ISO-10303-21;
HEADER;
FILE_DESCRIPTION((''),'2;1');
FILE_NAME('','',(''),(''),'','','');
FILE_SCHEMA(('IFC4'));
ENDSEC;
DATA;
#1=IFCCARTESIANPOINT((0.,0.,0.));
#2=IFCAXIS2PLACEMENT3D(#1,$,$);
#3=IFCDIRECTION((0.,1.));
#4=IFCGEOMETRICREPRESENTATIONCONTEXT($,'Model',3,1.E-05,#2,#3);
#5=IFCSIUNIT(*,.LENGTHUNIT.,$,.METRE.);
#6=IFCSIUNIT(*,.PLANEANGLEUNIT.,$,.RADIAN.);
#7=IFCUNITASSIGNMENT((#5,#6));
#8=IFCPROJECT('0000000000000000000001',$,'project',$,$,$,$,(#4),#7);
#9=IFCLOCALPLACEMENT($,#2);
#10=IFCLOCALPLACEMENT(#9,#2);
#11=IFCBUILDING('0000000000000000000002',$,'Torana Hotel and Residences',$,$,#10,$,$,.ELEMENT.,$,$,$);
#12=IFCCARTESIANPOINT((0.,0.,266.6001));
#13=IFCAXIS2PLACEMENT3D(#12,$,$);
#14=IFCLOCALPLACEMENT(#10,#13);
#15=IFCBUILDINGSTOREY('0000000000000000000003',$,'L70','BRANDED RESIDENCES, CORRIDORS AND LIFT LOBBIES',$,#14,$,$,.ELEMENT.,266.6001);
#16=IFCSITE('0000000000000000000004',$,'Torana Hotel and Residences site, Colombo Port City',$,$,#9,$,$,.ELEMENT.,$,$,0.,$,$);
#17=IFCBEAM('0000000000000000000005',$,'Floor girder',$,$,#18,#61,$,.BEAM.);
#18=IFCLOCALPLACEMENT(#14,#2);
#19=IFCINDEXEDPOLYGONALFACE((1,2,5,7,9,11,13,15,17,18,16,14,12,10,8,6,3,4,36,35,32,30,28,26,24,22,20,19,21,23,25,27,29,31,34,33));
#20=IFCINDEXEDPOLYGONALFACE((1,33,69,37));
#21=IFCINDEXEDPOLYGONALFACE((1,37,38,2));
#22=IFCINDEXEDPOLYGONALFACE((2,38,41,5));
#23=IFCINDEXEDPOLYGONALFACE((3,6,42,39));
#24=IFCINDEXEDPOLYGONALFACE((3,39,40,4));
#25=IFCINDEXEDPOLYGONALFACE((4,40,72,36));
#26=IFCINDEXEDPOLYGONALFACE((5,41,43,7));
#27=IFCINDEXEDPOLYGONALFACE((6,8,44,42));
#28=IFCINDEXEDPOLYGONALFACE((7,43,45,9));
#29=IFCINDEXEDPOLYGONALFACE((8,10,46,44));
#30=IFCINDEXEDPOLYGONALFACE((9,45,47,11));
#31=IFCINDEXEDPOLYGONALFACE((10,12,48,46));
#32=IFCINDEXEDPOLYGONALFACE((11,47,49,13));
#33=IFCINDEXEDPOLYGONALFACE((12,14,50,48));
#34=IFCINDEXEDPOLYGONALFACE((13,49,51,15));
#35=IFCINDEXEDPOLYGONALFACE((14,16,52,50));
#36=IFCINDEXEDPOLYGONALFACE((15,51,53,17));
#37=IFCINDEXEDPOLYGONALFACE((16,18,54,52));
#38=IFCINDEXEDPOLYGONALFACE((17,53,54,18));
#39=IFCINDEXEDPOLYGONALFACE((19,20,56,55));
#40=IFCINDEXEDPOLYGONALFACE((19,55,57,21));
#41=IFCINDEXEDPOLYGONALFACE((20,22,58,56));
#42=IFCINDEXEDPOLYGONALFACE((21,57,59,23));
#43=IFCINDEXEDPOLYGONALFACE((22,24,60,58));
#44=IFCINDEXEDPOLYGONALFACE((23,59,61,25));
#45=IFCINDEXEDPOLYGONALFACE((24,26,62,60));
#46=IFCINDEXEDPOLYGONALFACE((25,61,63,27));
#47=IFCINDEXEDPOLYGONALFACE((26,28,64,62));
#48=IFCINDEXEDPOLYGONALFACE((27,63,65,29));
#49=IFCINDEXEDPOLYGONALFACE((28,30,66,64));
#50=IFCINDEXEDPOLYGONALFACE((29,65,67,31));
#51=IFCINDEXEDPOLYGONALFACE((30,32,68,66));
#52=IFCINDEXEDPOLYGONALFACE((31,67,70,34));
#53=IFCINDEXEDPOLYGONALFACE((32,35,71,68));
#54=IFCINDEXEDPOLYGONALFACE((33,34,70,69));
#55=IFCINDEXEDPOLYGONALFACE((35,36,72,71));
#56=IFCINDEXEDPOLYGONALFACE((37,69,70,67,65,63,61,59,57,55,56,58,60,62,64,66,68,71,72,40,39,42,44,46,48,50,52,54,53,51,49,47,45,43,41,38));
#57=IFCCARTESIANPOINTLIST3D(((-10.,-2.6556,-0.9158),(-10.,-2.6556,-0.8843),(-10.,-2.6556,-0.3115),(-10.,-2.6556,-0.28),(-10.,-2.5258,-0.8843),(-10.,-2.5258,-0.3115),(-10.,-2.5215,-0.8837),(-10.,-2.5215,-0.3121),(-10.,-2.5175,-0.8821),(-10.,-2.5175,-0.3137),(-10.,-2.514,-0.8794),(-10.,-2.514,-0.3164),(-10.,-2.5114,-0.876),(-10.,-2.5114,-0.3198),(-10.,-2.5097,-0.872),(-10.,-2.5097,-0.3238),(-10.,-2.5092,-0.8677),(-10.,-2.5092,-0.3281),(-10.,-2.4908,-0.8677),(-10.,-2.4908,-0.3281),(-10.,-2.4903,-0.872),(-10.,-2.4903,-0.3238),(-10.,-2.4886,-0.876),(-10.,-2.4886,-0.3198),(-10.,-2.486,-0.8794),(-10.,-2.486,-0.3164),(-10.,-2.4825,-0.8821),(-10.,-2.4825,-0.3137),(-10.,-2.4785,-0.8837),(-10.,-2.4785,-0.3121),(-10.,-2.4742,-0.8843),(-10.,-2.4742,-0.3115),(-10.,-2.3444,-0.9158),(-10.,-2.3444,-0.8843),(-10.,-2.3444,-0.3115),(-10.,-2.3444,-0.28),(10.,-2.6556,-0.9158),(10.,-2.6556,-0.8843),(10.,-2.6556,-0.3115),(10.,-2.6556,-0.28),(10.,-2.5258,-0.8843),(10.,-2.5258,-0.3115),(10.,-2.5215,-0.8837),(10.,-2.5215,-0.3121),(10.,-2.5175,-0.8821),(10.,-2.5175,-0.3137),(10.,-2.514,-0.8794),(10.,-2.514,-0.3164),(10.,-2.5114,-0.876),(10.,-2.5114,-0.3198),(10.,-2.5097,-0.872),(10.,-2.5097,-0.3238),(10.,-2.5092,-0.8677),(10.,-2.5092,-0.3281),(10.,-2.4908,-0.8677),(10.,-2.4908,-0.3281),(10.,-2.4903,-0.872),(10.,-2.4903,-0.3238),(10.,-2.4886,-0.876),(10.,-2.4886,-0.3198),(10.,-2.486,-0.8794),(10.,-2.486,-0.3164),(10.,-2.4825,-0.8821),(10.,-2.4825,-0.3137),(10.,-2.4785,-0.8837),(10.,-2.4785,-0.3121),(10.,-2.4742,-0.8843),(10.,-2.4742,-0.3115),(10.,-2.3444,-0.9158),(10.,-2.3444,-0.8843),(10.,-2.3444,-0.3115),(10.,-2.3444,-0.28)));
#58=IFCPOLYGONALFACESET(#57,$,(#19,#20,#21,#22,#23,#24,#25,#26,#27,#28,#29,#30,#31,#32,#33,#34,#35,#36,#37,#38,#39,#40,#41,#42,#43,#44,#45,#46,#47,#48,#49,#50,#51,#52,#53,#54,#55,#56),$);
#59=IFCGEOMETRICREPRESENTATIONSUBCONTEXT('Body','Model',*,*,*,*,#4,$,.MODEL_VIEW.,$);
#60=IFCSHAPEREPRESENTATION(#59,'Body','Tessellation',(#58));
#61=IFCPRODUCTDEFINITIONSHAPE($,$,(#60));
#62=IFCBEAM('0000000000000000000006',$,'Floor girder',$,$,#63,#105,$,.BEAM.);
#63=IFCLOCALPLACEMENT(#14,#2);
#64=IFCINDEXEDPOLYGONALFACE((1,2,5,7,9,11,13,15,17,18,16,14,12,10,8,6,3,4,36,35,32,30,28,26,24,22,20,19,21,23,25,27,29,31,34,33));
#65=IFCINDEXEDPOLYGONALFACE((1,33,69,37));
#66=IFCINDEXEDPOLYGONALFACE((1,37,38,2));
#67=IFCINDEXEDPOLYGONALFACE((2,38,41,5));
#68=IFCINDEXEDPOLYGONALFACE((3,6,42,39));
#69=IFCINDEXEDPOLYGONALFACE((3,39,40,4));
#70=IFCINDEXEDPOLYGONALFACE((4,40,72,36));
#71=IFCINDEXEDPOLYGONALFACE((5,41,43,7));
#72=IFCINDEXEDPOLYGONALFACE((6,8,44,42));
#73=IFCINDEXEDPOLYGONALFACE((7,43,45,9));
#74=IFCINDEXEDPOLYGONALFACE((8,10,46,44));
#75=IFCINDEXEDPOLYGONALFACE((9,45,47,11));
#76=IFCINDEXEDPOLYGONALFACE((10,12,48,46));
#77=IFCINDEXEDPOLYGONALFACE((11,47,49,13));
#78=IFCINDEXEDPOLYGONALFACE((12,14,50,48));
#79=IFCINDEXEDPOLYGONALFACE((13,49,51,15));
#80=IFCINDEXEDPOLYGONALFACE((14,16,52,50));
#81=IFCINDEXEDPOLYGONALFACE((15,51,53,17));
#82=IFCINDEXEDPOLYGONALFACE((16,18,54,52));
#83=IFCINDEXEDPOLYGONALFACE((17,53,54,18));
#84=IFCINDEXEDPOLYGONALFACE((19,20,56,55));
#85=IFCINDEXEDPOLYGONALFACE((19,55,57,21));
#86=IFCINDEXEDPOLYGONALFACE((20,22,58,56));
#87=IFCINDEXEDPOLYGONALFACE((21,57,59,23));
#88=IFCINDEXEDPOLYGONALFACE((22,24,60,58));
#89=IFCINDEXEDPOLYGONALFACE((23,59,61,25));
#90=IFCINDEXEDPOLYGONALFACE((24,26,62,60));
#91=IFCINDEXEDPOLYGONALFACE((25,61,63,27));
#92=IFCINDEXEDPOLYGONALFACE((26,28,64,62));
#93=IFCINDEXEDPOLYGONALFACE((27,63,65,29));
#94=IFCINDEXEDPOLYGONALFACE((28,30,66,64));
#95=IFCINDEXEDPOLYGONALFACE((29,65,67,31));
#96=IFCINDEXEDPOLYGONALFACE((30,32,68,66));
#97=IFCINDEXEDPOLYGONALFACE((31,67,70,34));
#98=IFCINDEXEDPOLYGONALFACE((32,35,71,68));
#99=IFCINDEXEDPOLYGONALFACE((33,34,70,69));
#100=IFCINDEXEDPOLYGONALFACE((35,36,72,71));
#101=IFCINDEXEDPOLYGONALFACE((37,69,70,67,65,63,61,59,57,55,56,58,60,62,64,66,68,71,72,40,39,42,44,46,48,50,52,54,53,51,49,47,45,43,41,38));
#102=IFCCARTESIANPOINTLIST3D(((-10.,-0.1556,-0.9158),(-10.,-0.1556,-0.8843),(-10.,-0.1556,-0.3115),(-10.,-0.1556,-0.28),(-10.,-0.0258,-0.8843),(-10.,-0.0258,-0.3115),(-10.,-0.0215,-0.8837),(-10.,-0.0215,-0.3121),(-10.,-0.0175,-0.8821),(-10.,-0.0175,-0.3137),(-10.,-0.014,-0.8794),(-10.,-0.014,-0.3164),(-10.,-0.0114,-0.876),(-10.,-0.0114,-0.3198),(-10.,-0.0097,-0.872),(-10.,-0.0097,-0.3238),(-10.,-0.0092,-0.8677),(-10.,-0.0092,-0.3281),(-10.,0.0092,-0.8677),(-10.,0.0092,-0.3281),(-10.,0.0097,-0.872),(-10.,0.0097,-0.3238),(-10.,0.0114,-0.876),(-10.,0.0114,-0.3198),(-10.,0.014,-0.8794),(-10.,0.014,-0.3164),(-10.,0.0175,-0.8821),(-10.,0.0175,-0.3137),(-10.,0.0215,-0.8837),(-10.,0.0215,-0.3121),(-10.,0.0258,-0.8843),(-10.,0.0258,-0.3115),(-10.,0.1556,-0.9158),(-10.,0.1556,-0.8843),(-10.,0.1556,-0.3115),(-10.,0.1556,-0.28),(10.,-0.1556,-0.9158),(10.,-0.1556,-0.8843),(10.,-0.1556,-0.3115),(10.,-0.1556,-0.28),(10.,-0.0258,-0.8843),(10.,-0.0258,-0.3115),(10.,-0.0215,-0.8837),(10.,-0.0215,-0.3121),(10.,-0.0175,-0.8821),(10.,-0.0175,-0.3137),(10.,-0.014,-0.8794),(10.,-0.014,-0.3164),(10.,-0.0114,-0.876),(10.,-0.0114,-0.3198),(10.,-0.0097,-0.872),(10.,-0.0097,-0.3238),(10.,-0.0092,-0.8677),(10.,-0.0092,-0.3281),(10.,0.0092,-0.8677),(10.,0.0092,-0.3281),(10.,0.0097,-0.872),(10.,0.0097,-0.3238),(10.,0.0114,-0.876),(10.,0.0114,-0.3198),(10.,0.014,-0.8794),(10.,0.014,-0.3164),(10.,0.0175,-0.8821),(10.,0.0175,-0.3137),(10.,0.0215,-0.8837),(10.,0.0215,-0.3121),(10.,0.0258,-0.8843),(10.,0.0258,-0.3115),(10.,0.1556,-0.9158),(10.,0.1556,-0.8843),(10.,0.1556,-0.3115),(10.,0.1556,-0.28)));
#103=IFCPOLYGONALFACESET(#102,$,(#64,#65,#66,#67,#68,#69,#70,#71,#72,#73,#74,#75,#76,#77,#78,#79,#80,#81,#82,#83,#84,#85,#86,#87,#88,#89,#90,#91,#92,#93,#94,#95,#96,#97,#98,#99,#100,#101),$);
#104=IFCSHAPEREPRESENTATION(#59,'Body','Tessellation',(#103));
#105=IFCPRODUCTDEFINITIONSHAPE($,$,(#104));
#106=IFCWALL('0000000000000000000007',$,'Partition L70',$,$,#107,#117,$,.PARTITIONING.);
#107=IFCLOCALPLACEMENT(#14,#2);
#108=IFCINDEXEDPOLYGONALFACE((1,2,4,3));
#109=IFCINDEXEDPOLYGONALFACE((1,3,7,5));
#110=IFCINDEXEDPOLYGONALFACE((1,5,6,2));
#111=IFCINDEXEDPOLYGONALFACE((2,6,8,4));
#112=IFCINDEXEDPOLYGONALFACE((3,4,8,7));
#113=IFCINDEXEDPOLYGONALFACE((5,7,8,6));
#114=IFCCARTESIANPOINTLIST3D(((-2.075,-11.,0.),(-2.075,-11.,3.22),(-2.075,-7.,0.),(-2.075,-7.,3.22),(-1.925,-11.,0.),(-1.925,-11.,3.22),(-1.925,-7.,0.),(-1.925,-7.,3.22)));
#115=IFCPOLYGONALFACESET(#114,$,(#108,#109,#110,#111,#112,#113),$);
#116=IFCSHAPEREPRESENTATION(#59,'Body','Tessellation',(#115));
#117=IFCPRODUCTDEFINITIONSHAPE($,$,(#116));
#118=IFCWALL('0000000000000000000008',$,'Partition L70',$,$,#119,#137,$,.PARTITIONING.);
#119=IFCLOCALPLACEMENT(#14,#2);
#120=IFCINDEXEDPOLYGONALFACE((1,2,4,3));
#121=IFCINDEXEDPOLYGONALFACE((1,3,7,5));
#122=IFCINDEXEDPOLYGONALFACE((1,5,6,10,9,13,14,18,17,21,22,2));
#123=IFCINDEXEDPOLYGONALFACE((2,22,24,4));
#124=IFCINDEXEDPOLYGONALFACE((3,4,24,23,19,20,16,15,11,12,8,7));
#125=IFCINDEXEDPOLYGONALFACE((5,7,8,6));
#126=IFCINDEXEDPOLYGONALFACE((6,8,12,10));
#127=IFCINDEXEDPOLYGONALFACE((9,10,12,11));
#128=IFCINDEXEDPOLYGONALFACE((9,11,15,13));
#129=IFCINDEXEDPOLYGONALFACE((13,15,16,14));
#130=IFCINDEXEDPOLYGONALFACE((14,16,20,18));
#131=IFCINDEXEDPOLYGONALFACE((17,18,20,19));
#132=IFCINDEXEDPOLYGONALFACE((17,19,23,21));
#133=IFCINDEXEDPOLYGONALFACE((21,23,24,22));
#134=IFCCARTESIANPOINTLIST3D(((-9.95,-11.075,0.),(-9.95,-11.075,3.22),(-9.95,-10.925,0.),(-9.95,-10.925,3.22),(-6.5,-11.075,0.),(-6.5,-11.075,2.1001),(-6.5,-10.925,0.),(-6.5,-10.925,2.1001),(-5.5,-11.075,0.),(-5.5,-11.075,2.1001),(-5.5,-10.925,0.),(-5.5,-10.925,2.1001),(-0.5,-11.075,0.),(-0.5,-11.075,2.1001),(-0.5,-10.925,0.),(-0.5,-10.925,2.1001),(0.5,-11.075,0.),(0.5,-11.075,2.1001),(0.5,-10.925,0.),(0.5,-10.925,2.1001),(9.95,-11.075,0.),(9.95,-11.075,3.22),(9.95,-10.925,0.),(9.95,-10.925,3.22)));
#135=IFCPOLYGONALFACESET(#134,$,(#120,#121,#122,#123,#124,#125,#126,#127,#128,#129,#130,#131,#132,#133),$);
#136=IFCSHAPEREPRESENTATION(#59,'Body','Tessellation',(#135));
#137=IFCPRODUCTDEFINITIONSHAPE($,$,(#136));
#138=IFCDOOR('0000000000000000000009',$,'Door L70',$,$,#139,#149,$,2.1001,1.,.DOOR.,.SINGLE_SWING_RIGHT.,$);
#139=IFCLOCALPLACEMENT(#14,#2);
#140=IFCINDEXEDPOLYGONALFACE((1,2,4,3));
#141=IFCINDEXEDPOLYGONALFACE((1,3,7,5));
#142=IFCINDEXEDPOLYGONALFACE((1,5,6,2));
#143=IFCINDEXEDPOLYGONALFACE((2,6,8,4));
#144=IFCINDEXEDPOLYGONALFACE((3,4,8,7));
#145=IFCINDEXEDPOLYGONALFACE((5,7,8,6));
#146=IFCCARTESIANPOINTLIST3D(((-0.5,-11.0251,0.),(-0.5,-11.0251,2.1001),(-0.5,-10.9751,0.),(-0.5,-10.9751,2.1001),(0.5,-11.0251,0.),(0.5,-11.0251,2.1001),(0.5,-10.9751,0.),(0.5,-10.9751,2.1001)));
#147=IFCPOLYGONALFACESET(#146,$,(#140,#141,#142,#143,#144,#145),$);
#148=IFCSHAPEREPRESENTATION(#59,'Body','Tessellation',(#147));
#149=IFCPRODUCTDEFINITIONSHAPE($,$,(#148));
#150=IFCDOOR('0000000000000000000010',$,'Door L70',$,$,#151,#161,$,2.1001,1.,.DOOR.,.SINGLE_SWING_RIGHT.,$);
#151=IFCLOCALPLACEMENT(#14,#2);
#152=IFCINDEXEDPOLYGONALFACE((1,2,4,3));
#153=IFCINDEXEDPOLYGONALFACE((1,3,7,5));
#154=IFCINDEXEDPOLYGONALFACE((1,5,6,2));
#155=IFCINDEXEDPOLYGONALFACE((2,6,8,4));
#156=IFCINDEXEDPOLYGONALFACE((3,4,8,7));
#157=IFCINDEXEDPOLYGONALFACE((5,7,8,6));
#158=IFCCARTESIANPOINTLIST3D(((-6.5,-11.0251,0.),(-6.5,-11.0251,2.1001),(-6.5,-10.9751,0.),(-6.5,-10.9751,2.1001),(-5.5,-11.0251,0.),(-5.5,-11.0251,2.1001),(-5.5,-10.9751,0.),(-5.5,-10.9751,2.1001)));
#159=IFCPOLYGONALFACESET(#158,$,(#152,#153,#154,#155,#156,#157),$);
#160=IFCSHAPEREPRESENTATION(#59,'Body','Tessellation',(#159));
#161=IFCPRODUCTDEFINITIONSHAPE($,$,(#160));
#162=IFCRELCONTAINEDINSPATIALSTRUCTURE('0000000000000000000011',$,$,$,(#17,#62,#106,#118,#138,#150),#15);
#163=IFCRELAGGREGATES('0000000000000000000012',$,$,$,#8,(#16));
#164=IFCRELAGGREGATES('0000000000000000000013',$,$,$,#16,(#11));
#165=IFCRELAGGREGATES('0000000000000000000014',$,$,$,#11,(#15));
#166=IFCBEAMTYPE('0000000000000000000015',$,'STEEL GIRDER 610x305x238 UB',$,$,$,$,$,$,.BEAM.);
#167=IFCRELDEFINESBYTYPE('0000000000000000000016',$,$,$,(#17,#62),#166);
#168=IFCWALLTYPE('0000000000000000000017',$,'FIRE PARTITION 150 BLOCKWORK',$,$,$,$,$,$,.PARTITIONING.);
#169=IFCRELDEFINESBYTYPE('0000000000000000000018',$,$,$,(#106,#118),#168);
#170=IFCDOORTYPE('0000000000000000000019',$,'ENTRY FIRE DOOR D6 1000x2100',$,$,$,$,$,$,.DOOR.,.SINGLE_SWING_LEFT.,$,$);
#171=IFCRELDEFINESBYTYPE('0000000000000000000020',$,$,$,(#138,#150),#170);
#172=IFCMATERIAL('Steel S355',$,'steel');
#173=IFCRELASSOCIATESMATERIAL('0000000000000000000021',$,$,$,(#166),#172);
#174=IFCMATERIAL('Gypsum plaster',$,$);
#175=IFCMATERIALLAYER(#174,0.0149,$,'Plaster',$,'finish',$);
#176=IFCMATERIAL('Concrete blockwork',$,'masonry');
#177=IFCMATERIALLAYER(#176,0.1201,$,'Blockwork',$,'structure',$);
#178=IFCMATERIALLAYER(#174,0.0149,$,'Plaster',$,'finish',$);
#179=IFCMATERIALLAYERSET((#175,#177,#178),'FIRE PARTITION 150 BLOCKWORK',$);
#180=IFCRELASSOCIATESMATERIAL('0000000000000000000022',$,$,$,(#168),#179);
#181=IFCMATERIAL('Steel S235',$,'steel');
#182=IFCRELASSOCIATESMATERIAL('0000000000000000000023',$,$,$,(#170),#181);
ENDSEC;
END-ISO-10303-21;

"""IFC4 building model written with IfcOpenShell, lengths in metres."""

from ifc_helpers import new_model, si_unit, direction, frame, frame_2d, origin, origin_2d, place, context, subcontext, project, spatial, rectangle, i_section, extrude, material, layer, layer_set, material_profile, profile_set, type_object, element, fill, save


model = new_model("IFC4")

# Units and contexts
model_context = context("Model", 3, precision=1e-05, world=origin(), true_north=direction((0.0, 1.0)))
body_context = subcontext(model_context, "Body", "Model", "MODEL_VIEW")
ifc_project = project(units=[si_unit("LENGTHUNIT", "METRE"), si_unit("PLANEANGLEUNIT", "RADIAN")], contexts=[model_context])

# Site, building, storey
site_placement = place(None, origin())
site = spatial("IfcSite", under=ifc_project, at=site_placement, Name="Torana Hotel and Residences site, Colombo Port City", CompositionType="ELEMENT", RefElevation=0.0)
building_placement = place(site_placement, origin())
building = spatial("IfcBuilding", under=site, at=building_placement, Name="Torana Hotel and Residences", CompositionType="ELEMENT")
storey_placement = place(building_placement, frame((0.0, 0.0, 266.6001)))
storey = spatial("IfcBuildingStorey", under=building, at=storey_placement, Name="L70", Description="BRANDED RESIDENCES, CORRIDORS AND LIFT LOBBIES", CompositionType="ELEMENT", Elevation=266.6001)

# Beams
ifc_material_1 = material(Name="Steel S355", Category="steel")
ifc_material_profile = material_profile(ifc_material_1, i_section(OverallWidth=0.3113, OverallDepth=0.6357, WebThickness=0.0183, FlangeThickness=0.0315, FilletRadius=0.0166, at=origin_2d()), Name="610x305x238 UB")
ifc_profile_set = profile_set([ifc_material_profile], Name="Steel S355")
beam_type = type_object("IfcBeamType", Name="STEEL GIRDER 610x305x238 UB", PredefinedType="BEAM", material=ifc_profile_set)
for number, where, z_axis, x_axis, name in (
    (1, (-10.0, -2.5, -0.5979), (1.0, 0.0, 0.0), (0.0, 1.0, 0.0), "Floor girder"),
    (2, (-10.0, 0.0, -0.5979), (1.0, 0.0, 0.0), (0.0, 1.0, 0.0), "Floor girder"),
):
    element("IfcBeam", number, at=place(storey_placement, frame(where, z_axis=z_axis, x_axis=x_axis)), inside=storey, type_object=beam_type, Name=name, PredefinedType="BEAM", context=body_context, shape_type="SweptSolid", body=[
        extrude(i_section(OverallWidth=0.3113, OverallDepth=0.6357, WebThickness=0.0183, FlangeThickness=0.0315, FilletRadius=0.0166, at=origin_2d()), origin(), (0.0, 0.0, 1.0), 20.0),
    ])

# Wall
ifc_material_2 = material(Name="Gypsum plaster")
ifc_layer_1 = layer(ifc_material_2, 0.0149, Name="Plaster", Category="finish")
ifc_material_3 = material(Name="Concrete blockwork", Category="masonry")
ifc_layer_2 = layer(ifc_material_3, 0.1201, Name="Blockwork", Category="structure")
ifc_layer_3 = layer(ifc_material_2, 0.0149, Name="Plaster", Category="finish")
ifc_layer_set_1 = layer_set([ifc_layer_1, ifc_layer_2, ifc_layer_3], Name="FIRE PARTITION 150 BLOCKWORK")
wall_type_1 = type_object("IfcWallType", Name="FIRE PARTITION 150 BLOCKWORK", PredefinedType="PARTITIONING", material=ifc_layer_set_1)
wall_1_placement = place(storey_placement, frame((-2.0, -11.0, 0.0), z_axis=(0.0, 0.0, 1.0), x_axis=(0.0, 1.0, 0.0)))
element("IfcWall", 3, at=wall_1_placement, inside=storey, type_object=wall_type_1, Name="Partition L70", PredefinedType="PARTITIONING", context=body_context, shape_type="SweptSolid", body=[
    extrude(rectangle(XDim=4.0, YDim=0.1499, at=frame_2d((2.0, 0.0))), origin(), (0.0, 0.0, 1.0), 3.22),
])

# Wall, openings, doors
wall_2_placement = place(storey_placement, frame((-9.95, -11.0, 0.0), z_axis=(0.0, 0.0, 1.0), x_axis=(1.0, 0.0, 0.0)))
wall_2 = element("IfcWall", 4, at=wall_2_placement, inside=storey, type_object=wall_type_1, Name="Partition L70", PredefinedType="PARTITIONING", context=body_context, shape_type="SweptSolid", body=[
    extrude(rectangle(XDim=19.8999, YDim=0.1499, at=frame_2d((9.95, 0.0))), origin(), (0.0, 0.0, 1.0), 3.22),
])
opening_1_placement = place(wall_2_placement, frame((9.45, 0.0, 0.0)))
opening_1 = element("IfcOpeningElement", 5, at=opening_1_placement, cuts=wall_2, PredefinedType="OPENING", context=body_context, shape_type="SweptSolid", body=[
    extrude(rectangle(XDim=1.0, YDim=2.1001, at=frame_2d((0.5, 1.05))), frame((0.0, 0.085, 0.0), z_axis=(0.0, -1.0, 0.0), x_axis=(1.0, 0.0, 0.0)), (0.0, 0.0, 1.0), 0.1699),
])
opening_2_placement = place(wall_2_placement, frame((3.45, 0.0, 0.0)))
opening_2 = element("IfcOpeningElement", 6, at=opening_2_placement, cuts=wall_2, PredefinedType="OPENING", context=body_context, shape_type="SweptSolid", body=[
    extrude(rectangle(XDim=1.0, YDim=2.1001, at=frame_2d((0.5, 1.05))), frame((0.0, 0.085, 0.0), z_axis=(0.0, -1.0, 0.0), x_axis=(1.0, 0.0, 0.0)), (0.0, 0.0, 1.0), 0.1699),
])
ifc_material_4 = material(Name="Steel S235", Category="steel")
door_type = type_object("IfcDoorType", Name="ENTRY FIRE DOOR D6 1000x2100", OperationType="SINGLE_SWING_LEFT", PredefinedType="DOOR", material=ifc_material_4)
door_1_placement = place(opening_1_placement, origin())
door_1 = element("IfcDoor", 7, at=door_1_placement, inside=storey, type_object=door_type, Name="Door L70", OperationType="SINGLE_SWING_RIGHT", OverallHeight=2.1001, OverallWidth=1.0, PredefinedType="DOOR", context=body_context, shape_type="SweptSolid", body=[
    extrude(rectangle(XDim=1.0, YDim=2.1001, at=frame_2d((0.5, 1.05))), frame((0.0, 0.0249, 0.0), z_axis=(0.0, -1.0, 0.0), x_axis=(1.0, 0.0, 0.0)), (0.0, 0.0, 1.0), 0.05),
])
fill(opening_1, door_1)
door_2_placement = place(opening_2_placement, origin())
door_2 = element("IfcDoor", 8, at=door_2_placement, inside=storey, type_object=door_type, Name="Door L70", OperationType="SINGLE_SWING_RIGHT", OverallHeight=2.1001, OverallWidth=1.0, PredefinedType="DOOR", context=body_context, shape_type="SweptSolid", body=[
    extrude(rectangle(XDim=1.0, YDim=2.1001, at=frame_2d((0.5, 1.05))), frame((0.0, 0.0249, 0.0), z_axis=(0.0, -1.0, 0.0), x_axis=(1.0, 0.0, 0.0)), (0.0, 0.0, 1.0), 0.05),
])
fill(opening_2, door_2)

save(model, "model.ifc")
